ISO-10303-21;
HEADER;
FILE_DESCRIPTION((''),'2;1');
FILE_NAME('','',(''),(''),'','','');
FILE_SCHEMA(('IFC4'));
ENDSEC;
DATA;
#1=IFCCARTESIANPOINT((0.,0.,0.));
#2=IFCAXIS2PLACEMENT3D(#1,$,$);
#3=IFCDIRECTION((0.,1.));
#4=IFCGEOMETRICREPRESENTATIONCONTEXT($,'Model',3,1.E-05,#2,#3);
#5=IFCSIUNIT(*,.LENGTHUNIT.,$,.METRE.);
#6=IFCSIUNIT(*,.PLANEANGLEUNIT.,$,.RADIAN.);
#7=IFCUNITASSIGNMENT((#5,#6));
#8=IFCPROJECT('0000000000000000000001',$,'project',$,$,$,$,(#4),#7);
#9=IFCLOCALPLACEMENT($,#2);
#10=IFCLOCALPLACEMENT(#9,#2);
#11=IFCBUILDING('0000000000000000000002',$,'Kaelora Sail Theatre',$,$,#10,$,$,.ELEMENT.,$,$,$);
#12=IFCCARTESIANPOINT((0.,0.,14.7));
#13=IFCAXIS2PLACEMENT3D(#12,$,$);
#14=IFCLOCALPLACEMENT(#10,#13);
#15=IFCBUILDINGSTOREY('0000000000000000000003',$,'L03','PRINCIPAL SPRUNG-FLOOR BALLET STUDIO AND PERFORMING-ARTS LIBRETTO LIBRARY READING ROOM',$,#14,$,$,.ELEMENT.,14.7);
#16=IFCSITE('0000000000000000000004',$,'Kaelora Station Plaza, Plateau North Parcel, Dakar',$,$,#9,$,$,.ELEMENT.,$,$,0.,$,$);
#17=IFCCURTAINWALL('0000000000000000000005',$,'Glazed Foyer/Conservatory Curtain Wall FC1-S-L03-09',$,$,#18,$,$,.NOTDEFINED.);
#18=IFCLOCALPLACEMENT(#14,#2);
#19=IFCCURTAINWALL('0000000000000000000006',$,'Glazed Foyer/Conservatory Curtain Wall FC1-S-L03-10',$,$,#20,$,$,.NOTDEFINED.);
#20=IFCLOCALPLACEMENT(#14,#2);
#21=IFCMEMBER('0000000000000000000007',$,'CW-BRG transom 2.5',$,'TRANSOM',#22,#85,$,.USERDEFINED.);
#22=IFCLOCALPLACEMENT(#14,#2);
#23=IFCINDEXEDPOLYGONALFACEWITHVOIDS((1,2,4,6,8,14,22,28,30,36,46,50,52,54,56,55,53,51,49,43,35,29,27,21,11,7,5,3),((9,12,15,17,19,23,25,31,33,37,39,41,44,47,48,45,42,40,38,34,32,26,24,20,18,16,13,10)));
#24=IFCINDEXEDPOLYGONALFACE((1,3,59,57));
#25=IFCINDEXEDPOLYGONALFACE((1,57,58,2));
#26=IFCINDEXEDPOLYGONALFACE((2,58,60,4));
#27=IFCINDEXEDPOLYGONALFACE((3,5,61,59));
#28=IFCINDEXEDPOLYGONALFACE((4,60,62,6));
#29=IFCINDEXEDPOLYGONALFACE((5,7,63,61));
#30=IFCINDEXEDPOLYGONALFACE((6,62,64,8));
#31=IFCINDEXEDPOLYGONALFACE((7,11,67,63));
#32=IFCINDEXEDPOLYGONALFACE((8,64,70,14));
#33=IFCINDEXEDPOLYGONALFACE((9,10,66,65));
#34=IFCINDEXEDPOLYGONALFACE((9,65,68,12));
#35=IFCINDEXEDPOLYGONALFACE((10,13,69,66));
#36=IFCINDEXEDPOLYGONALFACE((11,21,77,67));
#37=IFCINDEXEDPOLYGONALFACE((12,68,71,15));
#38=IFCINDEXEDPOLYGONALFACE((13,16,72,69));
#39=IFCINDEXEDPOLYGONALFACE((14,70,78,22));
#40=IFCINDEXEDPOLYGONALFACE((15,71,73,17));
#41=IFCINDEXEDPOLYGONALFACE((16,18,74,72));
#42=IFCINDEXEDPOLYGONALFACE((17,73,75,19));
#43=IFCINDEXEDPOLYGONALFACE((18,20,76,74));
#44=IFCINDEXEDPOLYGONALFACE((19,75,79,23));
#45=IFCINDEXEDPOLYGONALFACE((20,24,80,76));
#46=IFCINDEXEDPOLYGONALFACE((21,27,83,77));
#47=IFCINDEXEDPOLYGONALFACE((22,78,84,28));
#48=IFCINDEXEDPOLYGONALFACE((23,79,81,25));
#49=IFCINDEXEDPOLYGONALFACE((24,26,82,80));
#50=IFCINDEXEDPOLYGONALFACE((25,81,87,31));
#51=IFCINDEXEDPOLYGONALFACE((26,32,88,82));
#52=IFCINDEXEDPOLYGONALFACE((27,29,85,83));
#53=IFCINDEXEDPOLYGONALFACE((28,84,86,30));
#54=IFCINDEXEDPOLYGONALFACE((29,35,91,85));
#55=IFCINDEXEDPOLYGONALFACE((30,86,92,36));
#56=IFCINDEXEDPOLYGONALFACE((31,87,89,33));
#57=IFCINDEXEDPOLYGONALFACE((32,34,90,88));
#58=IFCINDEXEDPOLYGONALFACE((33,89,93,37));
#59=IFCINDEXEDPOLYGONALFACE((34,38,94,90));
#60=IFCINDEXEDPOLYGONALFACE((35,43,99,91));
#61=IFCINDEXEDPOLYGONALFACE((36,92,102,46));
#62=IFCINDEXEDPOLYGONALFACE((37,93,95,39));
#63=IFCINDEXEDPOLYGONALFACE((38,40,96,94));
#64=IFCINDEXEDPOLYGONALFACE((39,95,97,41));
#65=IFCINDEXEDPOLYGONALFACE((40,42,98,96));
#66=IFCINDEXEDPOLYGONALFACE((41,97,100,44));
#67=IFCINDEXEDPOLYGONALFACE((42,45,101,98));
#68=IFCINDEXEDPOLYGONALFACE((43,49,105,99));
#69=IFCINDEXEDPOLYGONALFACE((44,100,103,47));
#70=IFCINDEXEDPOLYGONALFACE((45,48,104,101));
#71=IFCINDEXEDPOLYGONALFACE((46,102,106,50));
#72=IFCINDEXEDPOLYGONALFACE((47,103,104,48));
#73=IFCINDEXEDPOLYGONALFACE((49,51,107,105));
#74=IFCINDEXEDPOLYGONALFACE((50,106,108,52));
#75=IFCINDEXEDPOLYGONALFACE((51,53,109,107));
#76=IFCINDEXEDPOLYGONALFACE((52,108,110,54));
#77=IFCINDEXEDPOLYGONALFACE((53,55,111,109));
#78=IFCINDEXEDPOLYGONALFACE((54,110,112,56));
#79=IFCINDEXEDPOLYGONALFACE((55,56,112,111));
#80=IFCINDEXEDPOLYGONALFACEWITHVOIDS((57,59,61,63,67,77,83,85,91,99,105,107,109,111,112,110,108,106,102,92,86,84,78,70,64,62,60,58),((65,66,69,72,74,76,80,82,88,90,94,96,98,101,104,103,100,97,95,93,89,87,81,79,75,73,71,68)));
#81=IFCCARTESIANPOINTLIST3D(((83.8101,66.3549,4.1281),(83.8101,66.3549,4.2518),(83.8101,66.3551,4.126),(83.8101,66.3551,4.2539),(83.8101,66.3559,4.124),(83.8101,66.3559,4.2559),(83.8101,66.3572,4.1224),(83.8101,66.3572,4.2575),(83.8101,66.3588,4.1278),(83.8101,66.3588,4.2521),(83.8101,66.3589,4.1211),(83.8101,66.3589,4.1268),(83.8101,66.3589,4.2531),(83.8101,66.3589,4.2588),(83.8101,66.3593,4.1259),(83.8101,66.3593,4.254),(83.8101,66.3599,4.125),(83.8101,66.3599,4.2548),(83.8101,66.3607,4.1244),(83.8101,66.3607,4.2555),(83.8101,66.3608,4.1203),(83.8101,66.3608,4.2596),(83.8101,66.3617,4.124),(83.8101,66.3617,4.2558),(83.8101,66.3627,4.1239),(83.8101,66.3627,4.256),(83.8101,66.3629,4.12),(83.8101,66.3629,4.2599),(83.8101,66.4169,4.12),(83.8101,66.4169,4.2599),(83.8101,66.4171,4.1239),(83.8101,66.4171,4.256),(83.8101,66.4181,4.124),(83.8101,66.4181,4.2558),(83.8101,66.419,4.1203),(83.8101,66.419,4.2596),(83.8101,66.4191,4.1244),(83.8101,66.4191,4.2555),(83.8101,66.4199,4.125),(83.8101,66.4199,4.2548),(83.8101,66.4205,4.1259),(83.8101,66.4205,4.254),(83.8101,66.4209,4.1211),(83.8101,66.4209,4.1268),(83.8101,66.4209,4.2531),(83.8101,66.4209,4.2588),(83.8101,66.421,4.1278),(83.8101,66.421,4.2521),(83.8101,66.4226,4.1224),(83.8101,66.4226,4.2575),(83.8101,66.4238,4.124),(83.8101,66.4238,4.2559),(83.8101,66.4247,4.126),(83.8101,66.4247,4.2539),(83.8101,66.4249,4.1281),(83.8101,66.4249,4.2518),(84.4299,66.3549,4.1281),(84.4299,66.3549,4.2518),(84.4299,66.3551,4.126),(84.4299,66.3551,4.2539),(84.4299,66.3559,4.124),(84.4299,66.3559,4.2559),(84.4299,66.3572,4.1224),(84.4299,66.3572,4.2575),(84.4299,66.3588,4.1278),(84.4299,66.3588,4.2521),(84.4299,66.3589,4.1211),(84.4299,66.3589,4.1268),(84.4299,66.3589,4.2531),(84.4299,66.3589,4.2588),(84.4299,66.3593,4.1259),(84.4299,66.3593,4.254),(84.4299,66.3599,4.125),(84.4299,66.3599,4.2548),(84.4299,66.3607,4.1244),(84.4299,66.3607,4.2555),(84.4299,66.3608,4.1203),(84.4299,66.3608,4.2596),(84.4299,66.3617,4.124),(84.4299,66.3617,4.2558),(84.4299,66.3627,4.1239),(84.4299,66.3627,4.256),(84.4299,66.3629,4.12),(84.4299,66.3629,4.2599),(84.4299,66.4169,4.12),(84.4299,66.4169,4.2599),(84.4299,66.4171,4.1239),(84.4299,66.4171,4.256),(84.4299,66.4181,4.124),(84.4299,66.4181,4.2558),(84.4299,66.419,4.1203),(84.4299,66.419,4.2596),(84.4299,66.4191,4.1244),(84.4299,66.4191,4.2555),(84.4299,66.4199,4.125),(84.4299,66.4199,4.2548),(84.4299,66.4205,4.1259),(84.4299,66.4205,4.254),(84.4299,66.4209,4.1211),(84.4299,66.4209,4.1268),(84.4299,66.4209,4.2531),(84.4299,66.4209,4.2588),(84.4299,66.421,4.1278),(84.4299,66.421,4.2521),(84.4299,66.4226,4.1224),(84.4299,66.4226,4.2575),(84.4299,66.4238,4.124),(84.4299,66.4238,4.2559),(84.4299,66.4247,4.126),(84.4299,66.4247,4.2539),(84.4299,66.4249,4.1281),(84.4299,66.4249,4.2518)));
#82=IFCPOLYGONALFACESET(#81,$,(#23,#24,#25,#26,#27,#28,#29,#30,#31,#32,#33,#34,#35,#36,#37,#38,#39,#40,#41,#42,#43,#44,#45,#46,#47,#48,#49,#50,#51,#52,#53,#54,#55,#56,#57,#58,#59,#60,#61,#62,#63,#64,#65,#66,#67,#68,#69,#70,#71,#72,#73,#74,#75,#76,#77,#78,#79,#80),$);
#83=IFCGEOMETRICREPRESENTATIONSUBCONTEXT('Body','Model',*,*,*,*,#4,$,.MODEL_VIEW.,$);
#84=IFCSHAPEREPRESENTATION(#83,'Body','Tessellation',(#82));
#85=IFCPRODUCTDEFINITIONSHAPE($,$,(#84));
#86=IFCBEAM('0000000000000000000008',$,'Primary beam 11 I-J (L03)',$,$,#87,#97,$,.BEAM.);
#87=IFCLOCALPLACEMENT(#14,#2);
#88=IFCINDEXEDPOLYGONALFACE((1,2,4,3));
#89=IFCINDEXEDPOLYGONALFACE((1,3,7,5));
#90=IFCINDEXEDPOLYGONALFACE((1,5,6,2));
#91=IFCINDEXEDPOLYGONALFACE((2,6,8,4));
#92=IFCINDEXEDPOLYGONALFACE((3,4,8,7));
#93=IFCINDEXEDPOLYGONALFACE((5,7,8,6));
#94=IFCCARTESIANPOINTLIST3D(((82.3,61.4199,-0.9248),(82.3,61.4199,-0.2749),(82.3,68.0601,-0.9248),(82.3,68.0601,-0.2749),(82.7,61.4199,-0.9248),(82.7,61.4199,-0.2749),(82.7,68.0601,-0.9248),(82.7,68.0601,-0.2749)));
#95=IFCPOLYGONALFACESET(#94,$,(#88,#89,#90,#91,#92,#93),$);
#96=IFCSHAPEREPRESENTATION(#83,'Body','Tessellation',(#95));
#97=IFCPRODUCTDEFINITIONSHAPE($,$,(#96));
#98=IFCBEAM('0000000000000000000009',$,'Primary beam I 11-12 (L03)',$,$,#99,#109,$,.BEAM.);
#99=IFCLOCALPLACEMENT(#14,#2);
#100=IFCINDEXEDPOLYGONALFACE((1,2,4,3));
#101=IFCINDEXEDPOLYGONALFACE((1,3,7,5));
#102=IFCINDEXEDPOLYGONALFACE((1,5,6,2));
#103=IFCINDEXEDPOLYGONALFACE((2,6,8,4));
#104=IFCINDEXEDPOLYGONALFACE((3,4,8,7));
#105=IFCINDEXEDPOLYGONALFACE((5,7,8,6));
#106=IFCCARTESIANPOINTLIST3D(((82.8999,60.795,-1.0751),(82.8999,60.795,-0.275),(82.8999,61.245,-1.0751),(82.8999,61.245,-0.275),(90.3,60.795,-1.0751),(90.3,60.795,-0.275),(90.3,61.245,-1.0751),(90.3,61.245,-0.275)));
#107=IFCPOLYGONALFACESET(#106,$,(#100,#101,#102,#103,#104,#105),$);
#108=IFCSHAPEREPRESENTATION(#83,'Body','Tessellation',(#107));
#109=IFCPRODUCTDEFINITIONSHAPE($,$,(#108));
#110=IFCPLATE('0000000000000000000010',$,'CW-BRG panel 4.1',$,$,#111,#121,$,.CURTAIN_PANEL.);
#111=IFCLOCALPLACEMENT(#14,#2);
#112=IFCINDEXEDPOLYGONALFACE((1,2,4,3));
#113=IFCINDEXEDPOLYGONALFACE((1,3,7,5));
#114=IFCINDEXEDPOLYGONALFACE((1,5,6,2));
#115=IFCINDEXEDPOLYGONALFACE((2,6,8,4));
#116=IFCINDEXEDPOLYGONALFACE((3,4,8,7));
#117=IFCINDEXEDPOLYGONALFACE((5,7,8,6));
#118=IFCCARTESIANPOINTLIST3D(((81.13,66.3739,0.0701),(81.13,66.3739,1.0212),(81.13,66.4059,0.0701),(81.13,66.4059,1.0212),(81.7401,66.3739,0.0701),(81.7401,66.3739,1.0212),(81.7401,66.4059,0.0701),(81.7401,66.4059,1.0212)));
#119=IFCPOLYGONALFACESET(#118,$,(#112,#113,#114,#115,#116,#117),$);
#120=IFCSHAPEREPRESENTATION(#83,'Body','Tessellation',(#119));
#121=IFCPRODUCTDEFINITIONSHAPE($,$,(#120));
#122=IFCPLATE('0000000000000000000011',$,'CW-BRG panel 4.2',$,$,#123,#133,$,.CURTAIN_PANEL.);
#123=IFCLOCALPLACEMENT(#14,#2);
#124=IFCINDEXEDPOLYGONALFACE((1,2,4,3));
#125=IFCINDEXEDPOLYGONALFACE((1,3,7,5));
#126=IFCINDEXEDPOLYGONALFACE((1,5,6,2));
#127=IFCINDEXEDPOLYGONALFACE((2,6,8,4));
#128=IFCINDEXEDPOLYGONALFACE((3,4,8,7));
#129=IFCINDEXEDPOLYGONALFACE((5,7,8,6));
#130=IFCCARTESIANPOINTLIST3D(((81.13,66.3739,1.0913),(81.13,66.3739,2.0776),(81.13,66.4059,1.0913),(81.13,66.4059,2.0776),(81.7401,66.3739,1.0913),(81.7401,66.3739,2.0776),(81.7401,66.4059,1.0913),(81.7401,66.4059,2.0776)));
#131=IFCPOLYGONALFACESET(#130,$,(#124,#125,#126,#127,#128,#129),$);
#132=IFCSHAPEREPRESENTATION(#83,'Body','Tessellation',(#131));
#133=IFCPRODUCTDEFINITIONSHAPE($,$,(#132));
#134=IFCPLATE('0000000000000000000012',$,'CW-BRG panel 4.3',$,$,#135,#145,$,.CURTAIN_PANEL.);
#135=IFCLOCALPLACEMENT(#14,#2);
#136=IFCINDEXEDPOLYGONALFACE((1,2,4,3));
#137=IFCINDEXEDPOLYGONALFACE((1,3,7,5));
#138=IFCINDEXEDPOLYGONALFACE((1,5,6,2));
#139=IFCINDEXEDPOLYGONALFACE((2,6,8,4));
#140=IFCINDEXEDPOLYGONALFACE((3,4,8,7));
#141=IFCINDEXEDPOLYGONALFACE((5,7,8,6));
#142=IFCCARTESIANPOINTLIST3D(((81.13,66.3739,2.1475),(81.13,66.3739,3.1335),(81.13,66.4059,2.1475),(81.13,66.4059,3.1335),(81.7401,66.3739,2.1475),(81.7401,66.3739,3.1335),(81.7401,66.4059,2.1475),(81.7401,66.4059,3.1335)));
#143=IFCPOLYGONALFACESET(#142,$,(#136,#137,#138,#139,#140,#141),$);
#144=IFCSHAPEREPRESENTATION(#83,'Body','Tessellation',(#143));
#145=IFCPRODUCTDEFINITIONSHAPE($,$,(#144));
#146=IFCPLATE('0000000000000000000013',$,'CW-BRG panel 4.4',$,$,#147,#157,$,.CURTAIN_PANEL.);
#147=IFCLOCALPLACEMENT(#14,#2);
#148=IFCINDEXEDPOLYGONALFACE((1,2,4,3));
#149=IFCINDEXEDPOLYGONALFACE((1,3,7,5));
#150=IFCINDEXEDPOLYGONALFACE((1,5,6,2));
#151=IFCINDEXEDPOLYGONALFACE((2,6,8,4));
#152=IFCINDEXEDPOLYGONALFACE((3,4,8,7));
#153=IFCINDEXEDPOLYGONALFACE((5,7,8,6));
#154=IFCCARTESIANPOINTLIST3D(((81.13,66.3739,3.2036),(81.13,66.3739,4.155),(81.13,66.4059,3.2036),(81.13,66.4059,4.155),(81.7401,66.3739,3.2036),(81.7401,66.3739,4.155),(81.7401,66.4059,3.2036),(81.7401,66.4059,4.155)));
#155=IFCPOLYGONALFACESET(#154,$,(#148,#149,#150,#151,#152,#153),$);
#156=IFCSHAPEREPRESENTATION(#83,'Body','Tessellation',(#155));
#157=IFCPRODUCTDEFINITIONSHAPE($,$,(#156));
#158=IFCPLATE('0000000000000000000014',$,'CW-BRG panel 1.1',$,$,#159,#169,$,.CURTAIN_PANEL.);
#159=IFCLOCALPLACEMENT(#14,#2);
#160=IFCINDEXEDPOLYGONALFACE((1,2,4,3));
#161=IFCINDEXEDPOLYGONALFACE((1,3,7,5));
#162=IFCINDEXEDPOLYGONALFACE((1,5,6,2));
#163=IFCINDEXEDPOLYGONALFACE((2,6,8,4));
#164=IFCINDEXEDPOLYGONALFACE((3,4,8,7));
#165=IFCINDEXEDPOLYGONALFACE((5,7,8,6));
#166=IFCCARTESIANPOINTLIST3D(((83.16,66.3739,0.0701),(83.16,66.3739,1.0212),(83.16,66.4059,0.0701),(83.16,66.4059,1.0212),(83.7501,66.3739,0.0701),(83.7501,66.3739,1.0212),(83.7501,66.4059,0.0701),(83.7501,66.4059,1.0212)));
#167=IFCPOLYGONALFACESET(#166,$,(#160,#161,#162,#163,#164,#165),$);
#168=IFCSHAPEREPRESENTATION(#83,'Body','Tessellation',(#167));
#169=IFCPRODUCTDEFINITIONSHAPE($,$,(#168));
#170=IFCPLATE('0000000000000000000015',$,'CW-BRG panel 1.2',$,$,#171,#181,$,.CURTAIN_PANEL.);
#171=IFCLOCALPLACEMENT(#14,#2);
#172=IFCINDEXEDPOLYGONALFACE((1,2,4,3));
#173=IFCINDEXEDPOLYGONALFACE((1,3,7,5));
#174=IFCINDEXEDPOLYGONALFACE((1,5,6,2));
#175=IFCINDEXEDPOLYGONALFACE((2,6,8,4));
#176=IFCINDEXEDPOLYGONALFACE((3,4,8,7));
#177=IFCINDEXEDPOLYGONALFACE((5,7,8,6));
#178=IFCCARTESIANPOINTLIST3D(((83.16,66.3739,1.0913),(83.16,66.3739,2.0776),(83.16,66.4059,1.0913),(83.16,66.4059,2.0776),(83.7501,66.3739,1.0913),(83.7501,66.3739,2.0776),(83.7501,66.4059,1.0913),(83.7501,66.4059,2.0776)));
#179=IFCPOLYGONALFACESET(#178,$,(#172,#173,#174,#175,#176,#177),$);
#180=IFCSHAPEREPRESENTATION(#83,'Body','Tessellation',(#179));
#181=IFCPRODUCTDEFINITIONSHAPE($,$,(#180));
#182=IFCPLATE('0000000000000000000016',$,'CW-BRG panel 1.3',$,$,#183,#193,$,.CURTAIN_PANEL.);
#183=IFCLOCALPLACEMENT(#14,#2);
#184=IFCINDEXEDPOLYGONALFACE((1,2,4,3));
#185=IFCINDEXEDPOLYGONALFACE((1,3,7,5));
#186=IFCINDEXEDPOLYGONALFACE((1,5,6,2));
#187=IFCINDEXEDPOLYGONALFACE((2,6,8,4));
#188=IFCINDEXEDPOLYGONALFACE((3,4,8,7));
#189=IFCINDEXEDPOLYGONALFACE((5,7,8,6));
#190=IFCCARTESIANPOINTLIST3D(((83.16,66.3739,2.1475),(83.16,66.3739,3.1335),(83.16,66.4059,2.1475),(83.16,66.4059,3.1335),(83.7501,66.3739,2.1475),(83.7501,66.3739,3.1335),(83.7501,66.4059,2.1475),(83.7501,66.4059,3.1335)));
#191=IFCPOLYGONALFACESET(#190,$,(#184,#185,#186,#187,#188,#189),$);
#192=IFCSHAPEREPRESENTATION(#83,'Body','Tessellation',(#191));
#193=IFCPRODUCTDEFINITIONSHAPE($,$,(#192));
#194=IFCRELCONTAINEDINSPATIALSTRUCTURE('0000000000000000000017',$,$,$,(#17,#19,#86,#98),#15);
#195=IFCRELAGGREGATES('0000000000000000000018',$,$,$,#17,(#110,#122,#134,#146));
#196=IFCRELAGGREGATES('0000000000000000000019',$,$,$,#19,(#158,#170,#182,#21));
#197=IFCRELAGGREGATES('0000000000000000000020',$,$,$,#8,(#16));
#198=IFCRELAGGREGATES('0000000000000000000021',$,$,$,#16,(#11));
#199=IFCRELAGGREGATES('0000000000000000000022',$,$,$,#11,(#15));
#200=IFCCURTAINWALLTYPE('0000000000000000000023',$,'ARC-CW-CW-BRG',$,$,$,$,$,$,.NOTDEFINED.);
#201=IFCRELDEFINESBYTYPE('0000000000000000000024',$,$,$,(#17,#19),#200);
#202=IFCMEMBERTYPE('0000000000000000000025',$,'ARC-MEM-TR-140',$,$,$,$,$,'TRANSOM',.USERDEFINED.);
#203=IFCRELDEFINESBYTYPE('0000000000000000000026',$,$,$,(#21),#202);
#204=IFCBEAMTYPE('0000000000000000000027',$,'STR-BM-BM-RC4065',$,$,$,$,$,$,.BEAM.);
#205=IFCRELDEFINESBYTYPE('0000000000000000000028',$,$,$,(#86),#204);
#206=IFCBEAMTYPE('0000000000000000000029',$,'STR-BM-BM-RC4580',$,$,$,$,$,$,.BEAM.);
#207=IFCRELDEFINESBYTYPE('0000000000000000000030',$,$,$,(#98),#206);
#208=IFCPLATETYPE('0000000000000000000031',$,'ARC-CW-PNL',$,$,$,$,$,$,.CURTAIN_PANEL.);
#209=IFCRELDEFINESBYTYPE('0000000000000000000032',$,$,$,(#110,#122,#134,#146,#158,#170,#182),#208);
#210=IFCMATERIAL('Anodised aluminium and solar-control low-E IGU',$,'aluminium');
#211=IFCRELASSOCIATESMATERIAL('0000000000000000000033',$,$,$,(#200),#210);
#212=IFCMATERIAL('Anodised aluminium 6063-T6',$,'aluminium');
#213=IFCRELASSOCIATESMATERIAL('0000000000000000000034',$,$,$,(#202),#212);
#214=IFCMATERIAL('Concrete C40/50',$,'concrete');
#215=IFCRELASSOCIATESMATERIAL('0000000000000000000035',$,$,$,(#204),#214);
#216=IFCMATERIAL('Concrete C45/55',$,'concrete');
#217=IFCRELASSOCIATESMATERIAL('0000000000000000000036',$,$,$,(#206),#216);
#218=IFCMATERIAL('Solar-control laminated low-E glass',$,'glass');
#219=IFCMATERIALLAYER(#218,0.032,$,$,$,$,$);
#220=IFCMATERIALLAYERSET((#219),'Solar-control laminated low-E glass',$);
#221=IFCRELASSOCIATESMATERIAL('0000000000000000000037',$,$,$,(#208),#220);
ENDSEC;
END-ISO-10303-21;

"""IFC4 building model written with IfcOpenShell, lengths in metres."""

from ifc_helpers import new_model, si_unit, direction, frame, origin, origin_2d, place, context, subcontext, project, spatial, rectangle, hollow_rectangle, extrude, material, layer, layer_set, material_profile, profile_set, type_object, element, aggregate, save


model = new_model("IFC4")

# Units and contexts
model_context = context("Model", 3, precision=1e-05, world=origin(), true_north=direction((0.0, 1.0)))
body_context = subcontext(model_context, "Body", "Model", "MODEL_VIEW")
ifc_project = project(units=[si_unit("LENGTHUNIT", "METRE"), si_unit("PLANEANGLEUNIT", "RADIAN")], contexts=[model_context])

# Site, building, storey
site_placement = place(None, origin())
site = spatial("IfcSite", under=ifc_project, at=site_placement, Name="Kaelora Station Plaza, Plateau North Parcel, Dakar", CompositionType="ELEMENT", RefElevation=0.0)
building_placement = place(site_placement, origin())
building = spatial("IfcBuilding", under=site, at=building_placement, Name="Kaelora Sail Theatre", CompositionType="ELEMENT")
storey_placement = place(building_placement, frame((0.0, 0.0, 14.7)))
storey = spatial("IfcBuildingStorey", under=building, at=storey_placement, Name="L03", Description="PRINCIPAL SPRUNG-FLOOR BALLET STUDIO AND PERFORMING-ARTS LIBRETTO LIBRARY READING ROOM", CompositionType="ELEMENT", Elevation=14.7)

# Curtain wall
ifc_material_1 = material(Name="Anodised aluminium and solar-control low-E IGU", Category="aluminium")
curtain_wall_type = type_object("IfcCurtainWallType", Name="ARC-CW-CW-BRG", PredefinedType="NOTDEFINED", material=ifc_material_1)
curtain_wall_1_placement = place(storey_placement, origin())
curtain_wall_1 = element("IfcCurtainWall", 1, at=curtain_wall_1_placement, inside=storey, type_object=curtain_wall_type, Name="Glazed Foyer/Conservatory Curtain Wall FC1-S-L03-09", PredefinedType="NOTDEFINED")

# Curtain wall
curtain_wall_2_placement = place(storey_placement, origin())
curtain_wall_2 = element("IfcCurtainWall", 2, at=curtain_wall_2_placement, inside=storey, type_object=curtain_wall_type, Name="Glazed Foyer/Conservatory Curtain Wall FC1-S-L03-10", PredefinedType="NOTDEFINED")

# Member
ifc_material_2 = material(Name="Anodised aluminium 6063-T6", Category="aluminium")
ifc_material_profile_1 = material_profile(ifc_material_2, hollow_rectangle(XDim=0.0701, YDim=0.1399, WallThickness=0.0039, InnerFilletRadius=0.0039, OuterFilletRadius=0.0081, at=origin_2d()), Name="ALU-TRAN 70x140x4")
ifc_profile_set_1 = profile_set([ifc_material_profile_1], Name="Anodised aluminium 6063-T6")
member_type_1 = type_object("IfcMemberType", Name="ARC-MEM-TR-140", ElementType="TRANSOM", PredefinedType="USERDEFINED", material=ifc_profile_set_1)
member_1_placement = place(storey_placement, frame((83.8101, 66.3899, 4.1899), z_axis=(1.0, 0.0, 0.0), x_axis=(0.0, 1.0, 0.0)))
member_1 = element("IfcMember", 3, at=member_1_placement, type_object=member_type_1, Name="CW-BRG transom 2.5", ObjectType="TRANSOM", PredefinedType="USERDEFINED", context=body_context, shape_type="SweptSolid", body=[
    extrude(hollow_rectangle(XDim=0.0701, YDim=0.1399, WallThickness=0.0039, InnerFilletRadius=0.0039, OuterFilletRadius=0.0081, at=origin_2d()), origin(), (0.0, 0.0, 1.0), 0.6199),
])

# Beams
ifc_material_3 = material(Name="Concrete C40/50", Category="concrete")
ifc_material_profile_2 = material_profile(ifc_material_3, rectangle(XDim=0.3999, YDim=0.6499, at=origin_2d()), Name="RC-BM 400x650")
ifc_profile_set_2 = profile_set([ifc_material_profile_2], Name="Concrete C40/50")
beam_type_1 = type_object("IfcBeamType", Name="STR-BM-BM-RC4065", PredefinedType="BEAM", material=ifc_profile_set_2)
beam_1_placement = place(storey_placement, frame((82.5, 61.4199, -0.5999), z_axis=(0.0, 1.0, 0.0), x_axis=(-1.0, 0.0, 0.0)))
element("IfcBeam", 4, at=beam_1_placement, inside=storey, type_object=beam_type_1, Name="Primary beam 11 I-J (L03)", PredefinedType="BEAM", context=body_context, shape_type="SweptSolid", body=[
    extrude(rectangle(XDim=0.3999, YDim=0.6499, at=origin_2d()), origin(), (0.0, 0.0, 1.0), 6.6401),
])
ifc_material_4 = material(Name="Concrete C45/55", Category="concrete")
ifc_material_profile_3 = material_profile(ifc_material_4, rectangle(XDim=0.45, YDim=0.8, at=origin_2d()), Name="RC-BM 450x800")
ifc_profile_set_3 = profile_set([ifc_material_profile_3], Name="Concrete C45/55")
beam_type_2 = type_object("IfcBeamType", Name="STR-BM-BM-RC4580", PredefinedType="BEAM", material=ifc_profile_set_3)
beam_2_placement = place(storey_placement, frame((82.8999, 61.02, -0.675), z_axis=(1.0, 0.0, 0.0), x_axis=(0.0, 1.0, 0.0)))
element("IfcBeam", 5, at=beam_2_placement, inside=storey, type_object=beam_type_2, Name="Primary beam I 11-12 (L03)", PredefinedType="BEAM", context=body_context, shape_type="SweptSolid", body=[
    extrude(rectangle(XDim=0.45, YDim=0.8, at=origin_2d()), origin(), (0.0, 0.0, 1.0), 7.4001),
])

# Plates
ifc_material_5 = material(Name="Solar-control laminated low-E glass", Category="glass")
ifc_layer = layer(ifc_material_5, 0.032)
ifc_layer_set = layer_set([ifc_layer], Name="Solar-control laminated low-E glass")
plate_type = type_object("IfcPlateType", Name="ARC-CW-PNL", PredefinedType="CURTAIN_PANEL", material=ifc_layer_set)
plate_1_placement = place(storey_placement, frame((81.4351, 66.3899, 0.0701), z_axis=(0.0, 0.0, 1.0), x_axis=(1.0, 0.0, 0.0)))
plate_1 = element("IfcPlate", 6, at=plate_1_placement, type_object=plate_type, Name="CW-BRG panel 4.1", PredefinedType="CURTAIN_PANEL", context=body_context, shape_type="SweptSolid", body=[
    extrude(rectangle(XDim=0.6101, YDim=0.032, at=origin_2d()), origin(), (0.0, 0.0, 1.0), 0.9512),
])
plate_2_placement = place(storey_placement, frame((81.4351, 66.3899, 1.0913), z_axis=(0.0, 0.0, 1.0), x_axis=(1.0, 0.0, 0.0)))
plate_2 = element("IfcPlate", 7, at=plate_2_placement, type_object=plate_type, Name="CW-BRG panel 4.2", PredefinedType="CURTAIN_PANEL", context=body_context, shape_type="SweptSolid", body=[
    extrude(rectangle(XDim=0.6101, YDim=0.032, at=origin_2d()), origin(), (0.0, 0.0, 1.0), 0.9863),
])
plate_3_placement = place(storey_placement, frame((81.4351, 66.3899, 2.1475), z_axis=(0.0, 0.0, 1.0), x_axis=(1.0, 0.0, 0.0)))
plate_3 = element("IfcPlate", 8, at=plate_3_placement, type_object=plate_type, Name="CW-BRG panel 4.3", PredefinedType="CURTAIN_PANEL", context=body_context, shape_type="SweptSolid", body=[
    extrude(rectangle(XDim=0.6101, YDim=0.032, at=origin_2d()), origin(), (0.0, 0.0, 1.0), 0.9861),
])
plate_4_placement = place(storey_placement, frame((81.4351, 66.3899, 3.2036), z_axis=(0.0, 0.0, 1.0), x_axis=(1.0, 0.0, 0.0)))
plate_4 = element("IfcPlate", 9, at=plate_4_placement, type_object=plate_type, Name="CW-BRG panel 4.4", PredefinedType="CURTAIN_PANEL", context=body_context, shape_type="SweptSolid", body=[
    extrude(rectangle(XDim=0.6101, YDim=0.032, at=origin_2d()), origin(), (0.0, 0.0, 1.0), 0.9514),
])
aggregate(curtain_wall_1, [plate_1, plate_2, plate_3, plate_4])
plate_5_placement = place(storey_placement, frame((83.4551, 66.3899, 0.0701), z_axis=(0.0, 0.0, 1.0), x_axis=(1.0, 0.0, 0.0)))
plate_5 = element("IfcPlate", 10, at=plate_5_placement, type_object=plate_type, Name="CW-BRG panel 1.1", PredefinedType="CURTAIN_PANEL", context=body_context, shape_type="SweptSolid", body=[
    extrude(rectangle(XDim=0.5901, YDim=0.032, at=origin_2d()), origin(), (0.0, 0.0, 1.0), 0.9512),
])
plate_6_placement = place(storey_placement, frame((83.4551, 66.3899, 1.0913), z_axis=(0.0, 0.0, 1.0), x_axis=(1.0, 0.0, 0.0)))
plate_6 = element("IfcPlate", 11, at=plate_6_placement, type_object=plate_type, Name="CW-BRG panel 1.2", PredefinedType="CURTAIN_PANEL", context=body_context, shape_type="SweptSolid", body=[
    extrude(rectangle(XDim=0.5901, YDim=0.032, at=origin_2d()), origin(), (0.0, 0.0, 1.0), 0.9863),
])
plate_7_placement = place(storey_placement, frame((83.4551, 66.3899, 2.1475), z_axis=(0.0, 0.0, 1.0), x_axis=(1.0, 0.0, 0.0)))
plate_7 = element("IfcPlate", 12, at=plate_7_placement, type_object=plate_type, Name="CW-BRG panel 1.3", PredefinedType="CURTAIN_PANEL", context=body_context, shape_type="SweptSolid", body=[
    extrude(rectangle(XDim=0.5901, YDim=0.032, at=origin_2d()), origin(), (0.0, 0.0, 1.0), 0.9861),
])
aggregate(curtain_wall_2, [plate_5, plate_6, plate_7, member_1])

save(model, "model.ifc")
